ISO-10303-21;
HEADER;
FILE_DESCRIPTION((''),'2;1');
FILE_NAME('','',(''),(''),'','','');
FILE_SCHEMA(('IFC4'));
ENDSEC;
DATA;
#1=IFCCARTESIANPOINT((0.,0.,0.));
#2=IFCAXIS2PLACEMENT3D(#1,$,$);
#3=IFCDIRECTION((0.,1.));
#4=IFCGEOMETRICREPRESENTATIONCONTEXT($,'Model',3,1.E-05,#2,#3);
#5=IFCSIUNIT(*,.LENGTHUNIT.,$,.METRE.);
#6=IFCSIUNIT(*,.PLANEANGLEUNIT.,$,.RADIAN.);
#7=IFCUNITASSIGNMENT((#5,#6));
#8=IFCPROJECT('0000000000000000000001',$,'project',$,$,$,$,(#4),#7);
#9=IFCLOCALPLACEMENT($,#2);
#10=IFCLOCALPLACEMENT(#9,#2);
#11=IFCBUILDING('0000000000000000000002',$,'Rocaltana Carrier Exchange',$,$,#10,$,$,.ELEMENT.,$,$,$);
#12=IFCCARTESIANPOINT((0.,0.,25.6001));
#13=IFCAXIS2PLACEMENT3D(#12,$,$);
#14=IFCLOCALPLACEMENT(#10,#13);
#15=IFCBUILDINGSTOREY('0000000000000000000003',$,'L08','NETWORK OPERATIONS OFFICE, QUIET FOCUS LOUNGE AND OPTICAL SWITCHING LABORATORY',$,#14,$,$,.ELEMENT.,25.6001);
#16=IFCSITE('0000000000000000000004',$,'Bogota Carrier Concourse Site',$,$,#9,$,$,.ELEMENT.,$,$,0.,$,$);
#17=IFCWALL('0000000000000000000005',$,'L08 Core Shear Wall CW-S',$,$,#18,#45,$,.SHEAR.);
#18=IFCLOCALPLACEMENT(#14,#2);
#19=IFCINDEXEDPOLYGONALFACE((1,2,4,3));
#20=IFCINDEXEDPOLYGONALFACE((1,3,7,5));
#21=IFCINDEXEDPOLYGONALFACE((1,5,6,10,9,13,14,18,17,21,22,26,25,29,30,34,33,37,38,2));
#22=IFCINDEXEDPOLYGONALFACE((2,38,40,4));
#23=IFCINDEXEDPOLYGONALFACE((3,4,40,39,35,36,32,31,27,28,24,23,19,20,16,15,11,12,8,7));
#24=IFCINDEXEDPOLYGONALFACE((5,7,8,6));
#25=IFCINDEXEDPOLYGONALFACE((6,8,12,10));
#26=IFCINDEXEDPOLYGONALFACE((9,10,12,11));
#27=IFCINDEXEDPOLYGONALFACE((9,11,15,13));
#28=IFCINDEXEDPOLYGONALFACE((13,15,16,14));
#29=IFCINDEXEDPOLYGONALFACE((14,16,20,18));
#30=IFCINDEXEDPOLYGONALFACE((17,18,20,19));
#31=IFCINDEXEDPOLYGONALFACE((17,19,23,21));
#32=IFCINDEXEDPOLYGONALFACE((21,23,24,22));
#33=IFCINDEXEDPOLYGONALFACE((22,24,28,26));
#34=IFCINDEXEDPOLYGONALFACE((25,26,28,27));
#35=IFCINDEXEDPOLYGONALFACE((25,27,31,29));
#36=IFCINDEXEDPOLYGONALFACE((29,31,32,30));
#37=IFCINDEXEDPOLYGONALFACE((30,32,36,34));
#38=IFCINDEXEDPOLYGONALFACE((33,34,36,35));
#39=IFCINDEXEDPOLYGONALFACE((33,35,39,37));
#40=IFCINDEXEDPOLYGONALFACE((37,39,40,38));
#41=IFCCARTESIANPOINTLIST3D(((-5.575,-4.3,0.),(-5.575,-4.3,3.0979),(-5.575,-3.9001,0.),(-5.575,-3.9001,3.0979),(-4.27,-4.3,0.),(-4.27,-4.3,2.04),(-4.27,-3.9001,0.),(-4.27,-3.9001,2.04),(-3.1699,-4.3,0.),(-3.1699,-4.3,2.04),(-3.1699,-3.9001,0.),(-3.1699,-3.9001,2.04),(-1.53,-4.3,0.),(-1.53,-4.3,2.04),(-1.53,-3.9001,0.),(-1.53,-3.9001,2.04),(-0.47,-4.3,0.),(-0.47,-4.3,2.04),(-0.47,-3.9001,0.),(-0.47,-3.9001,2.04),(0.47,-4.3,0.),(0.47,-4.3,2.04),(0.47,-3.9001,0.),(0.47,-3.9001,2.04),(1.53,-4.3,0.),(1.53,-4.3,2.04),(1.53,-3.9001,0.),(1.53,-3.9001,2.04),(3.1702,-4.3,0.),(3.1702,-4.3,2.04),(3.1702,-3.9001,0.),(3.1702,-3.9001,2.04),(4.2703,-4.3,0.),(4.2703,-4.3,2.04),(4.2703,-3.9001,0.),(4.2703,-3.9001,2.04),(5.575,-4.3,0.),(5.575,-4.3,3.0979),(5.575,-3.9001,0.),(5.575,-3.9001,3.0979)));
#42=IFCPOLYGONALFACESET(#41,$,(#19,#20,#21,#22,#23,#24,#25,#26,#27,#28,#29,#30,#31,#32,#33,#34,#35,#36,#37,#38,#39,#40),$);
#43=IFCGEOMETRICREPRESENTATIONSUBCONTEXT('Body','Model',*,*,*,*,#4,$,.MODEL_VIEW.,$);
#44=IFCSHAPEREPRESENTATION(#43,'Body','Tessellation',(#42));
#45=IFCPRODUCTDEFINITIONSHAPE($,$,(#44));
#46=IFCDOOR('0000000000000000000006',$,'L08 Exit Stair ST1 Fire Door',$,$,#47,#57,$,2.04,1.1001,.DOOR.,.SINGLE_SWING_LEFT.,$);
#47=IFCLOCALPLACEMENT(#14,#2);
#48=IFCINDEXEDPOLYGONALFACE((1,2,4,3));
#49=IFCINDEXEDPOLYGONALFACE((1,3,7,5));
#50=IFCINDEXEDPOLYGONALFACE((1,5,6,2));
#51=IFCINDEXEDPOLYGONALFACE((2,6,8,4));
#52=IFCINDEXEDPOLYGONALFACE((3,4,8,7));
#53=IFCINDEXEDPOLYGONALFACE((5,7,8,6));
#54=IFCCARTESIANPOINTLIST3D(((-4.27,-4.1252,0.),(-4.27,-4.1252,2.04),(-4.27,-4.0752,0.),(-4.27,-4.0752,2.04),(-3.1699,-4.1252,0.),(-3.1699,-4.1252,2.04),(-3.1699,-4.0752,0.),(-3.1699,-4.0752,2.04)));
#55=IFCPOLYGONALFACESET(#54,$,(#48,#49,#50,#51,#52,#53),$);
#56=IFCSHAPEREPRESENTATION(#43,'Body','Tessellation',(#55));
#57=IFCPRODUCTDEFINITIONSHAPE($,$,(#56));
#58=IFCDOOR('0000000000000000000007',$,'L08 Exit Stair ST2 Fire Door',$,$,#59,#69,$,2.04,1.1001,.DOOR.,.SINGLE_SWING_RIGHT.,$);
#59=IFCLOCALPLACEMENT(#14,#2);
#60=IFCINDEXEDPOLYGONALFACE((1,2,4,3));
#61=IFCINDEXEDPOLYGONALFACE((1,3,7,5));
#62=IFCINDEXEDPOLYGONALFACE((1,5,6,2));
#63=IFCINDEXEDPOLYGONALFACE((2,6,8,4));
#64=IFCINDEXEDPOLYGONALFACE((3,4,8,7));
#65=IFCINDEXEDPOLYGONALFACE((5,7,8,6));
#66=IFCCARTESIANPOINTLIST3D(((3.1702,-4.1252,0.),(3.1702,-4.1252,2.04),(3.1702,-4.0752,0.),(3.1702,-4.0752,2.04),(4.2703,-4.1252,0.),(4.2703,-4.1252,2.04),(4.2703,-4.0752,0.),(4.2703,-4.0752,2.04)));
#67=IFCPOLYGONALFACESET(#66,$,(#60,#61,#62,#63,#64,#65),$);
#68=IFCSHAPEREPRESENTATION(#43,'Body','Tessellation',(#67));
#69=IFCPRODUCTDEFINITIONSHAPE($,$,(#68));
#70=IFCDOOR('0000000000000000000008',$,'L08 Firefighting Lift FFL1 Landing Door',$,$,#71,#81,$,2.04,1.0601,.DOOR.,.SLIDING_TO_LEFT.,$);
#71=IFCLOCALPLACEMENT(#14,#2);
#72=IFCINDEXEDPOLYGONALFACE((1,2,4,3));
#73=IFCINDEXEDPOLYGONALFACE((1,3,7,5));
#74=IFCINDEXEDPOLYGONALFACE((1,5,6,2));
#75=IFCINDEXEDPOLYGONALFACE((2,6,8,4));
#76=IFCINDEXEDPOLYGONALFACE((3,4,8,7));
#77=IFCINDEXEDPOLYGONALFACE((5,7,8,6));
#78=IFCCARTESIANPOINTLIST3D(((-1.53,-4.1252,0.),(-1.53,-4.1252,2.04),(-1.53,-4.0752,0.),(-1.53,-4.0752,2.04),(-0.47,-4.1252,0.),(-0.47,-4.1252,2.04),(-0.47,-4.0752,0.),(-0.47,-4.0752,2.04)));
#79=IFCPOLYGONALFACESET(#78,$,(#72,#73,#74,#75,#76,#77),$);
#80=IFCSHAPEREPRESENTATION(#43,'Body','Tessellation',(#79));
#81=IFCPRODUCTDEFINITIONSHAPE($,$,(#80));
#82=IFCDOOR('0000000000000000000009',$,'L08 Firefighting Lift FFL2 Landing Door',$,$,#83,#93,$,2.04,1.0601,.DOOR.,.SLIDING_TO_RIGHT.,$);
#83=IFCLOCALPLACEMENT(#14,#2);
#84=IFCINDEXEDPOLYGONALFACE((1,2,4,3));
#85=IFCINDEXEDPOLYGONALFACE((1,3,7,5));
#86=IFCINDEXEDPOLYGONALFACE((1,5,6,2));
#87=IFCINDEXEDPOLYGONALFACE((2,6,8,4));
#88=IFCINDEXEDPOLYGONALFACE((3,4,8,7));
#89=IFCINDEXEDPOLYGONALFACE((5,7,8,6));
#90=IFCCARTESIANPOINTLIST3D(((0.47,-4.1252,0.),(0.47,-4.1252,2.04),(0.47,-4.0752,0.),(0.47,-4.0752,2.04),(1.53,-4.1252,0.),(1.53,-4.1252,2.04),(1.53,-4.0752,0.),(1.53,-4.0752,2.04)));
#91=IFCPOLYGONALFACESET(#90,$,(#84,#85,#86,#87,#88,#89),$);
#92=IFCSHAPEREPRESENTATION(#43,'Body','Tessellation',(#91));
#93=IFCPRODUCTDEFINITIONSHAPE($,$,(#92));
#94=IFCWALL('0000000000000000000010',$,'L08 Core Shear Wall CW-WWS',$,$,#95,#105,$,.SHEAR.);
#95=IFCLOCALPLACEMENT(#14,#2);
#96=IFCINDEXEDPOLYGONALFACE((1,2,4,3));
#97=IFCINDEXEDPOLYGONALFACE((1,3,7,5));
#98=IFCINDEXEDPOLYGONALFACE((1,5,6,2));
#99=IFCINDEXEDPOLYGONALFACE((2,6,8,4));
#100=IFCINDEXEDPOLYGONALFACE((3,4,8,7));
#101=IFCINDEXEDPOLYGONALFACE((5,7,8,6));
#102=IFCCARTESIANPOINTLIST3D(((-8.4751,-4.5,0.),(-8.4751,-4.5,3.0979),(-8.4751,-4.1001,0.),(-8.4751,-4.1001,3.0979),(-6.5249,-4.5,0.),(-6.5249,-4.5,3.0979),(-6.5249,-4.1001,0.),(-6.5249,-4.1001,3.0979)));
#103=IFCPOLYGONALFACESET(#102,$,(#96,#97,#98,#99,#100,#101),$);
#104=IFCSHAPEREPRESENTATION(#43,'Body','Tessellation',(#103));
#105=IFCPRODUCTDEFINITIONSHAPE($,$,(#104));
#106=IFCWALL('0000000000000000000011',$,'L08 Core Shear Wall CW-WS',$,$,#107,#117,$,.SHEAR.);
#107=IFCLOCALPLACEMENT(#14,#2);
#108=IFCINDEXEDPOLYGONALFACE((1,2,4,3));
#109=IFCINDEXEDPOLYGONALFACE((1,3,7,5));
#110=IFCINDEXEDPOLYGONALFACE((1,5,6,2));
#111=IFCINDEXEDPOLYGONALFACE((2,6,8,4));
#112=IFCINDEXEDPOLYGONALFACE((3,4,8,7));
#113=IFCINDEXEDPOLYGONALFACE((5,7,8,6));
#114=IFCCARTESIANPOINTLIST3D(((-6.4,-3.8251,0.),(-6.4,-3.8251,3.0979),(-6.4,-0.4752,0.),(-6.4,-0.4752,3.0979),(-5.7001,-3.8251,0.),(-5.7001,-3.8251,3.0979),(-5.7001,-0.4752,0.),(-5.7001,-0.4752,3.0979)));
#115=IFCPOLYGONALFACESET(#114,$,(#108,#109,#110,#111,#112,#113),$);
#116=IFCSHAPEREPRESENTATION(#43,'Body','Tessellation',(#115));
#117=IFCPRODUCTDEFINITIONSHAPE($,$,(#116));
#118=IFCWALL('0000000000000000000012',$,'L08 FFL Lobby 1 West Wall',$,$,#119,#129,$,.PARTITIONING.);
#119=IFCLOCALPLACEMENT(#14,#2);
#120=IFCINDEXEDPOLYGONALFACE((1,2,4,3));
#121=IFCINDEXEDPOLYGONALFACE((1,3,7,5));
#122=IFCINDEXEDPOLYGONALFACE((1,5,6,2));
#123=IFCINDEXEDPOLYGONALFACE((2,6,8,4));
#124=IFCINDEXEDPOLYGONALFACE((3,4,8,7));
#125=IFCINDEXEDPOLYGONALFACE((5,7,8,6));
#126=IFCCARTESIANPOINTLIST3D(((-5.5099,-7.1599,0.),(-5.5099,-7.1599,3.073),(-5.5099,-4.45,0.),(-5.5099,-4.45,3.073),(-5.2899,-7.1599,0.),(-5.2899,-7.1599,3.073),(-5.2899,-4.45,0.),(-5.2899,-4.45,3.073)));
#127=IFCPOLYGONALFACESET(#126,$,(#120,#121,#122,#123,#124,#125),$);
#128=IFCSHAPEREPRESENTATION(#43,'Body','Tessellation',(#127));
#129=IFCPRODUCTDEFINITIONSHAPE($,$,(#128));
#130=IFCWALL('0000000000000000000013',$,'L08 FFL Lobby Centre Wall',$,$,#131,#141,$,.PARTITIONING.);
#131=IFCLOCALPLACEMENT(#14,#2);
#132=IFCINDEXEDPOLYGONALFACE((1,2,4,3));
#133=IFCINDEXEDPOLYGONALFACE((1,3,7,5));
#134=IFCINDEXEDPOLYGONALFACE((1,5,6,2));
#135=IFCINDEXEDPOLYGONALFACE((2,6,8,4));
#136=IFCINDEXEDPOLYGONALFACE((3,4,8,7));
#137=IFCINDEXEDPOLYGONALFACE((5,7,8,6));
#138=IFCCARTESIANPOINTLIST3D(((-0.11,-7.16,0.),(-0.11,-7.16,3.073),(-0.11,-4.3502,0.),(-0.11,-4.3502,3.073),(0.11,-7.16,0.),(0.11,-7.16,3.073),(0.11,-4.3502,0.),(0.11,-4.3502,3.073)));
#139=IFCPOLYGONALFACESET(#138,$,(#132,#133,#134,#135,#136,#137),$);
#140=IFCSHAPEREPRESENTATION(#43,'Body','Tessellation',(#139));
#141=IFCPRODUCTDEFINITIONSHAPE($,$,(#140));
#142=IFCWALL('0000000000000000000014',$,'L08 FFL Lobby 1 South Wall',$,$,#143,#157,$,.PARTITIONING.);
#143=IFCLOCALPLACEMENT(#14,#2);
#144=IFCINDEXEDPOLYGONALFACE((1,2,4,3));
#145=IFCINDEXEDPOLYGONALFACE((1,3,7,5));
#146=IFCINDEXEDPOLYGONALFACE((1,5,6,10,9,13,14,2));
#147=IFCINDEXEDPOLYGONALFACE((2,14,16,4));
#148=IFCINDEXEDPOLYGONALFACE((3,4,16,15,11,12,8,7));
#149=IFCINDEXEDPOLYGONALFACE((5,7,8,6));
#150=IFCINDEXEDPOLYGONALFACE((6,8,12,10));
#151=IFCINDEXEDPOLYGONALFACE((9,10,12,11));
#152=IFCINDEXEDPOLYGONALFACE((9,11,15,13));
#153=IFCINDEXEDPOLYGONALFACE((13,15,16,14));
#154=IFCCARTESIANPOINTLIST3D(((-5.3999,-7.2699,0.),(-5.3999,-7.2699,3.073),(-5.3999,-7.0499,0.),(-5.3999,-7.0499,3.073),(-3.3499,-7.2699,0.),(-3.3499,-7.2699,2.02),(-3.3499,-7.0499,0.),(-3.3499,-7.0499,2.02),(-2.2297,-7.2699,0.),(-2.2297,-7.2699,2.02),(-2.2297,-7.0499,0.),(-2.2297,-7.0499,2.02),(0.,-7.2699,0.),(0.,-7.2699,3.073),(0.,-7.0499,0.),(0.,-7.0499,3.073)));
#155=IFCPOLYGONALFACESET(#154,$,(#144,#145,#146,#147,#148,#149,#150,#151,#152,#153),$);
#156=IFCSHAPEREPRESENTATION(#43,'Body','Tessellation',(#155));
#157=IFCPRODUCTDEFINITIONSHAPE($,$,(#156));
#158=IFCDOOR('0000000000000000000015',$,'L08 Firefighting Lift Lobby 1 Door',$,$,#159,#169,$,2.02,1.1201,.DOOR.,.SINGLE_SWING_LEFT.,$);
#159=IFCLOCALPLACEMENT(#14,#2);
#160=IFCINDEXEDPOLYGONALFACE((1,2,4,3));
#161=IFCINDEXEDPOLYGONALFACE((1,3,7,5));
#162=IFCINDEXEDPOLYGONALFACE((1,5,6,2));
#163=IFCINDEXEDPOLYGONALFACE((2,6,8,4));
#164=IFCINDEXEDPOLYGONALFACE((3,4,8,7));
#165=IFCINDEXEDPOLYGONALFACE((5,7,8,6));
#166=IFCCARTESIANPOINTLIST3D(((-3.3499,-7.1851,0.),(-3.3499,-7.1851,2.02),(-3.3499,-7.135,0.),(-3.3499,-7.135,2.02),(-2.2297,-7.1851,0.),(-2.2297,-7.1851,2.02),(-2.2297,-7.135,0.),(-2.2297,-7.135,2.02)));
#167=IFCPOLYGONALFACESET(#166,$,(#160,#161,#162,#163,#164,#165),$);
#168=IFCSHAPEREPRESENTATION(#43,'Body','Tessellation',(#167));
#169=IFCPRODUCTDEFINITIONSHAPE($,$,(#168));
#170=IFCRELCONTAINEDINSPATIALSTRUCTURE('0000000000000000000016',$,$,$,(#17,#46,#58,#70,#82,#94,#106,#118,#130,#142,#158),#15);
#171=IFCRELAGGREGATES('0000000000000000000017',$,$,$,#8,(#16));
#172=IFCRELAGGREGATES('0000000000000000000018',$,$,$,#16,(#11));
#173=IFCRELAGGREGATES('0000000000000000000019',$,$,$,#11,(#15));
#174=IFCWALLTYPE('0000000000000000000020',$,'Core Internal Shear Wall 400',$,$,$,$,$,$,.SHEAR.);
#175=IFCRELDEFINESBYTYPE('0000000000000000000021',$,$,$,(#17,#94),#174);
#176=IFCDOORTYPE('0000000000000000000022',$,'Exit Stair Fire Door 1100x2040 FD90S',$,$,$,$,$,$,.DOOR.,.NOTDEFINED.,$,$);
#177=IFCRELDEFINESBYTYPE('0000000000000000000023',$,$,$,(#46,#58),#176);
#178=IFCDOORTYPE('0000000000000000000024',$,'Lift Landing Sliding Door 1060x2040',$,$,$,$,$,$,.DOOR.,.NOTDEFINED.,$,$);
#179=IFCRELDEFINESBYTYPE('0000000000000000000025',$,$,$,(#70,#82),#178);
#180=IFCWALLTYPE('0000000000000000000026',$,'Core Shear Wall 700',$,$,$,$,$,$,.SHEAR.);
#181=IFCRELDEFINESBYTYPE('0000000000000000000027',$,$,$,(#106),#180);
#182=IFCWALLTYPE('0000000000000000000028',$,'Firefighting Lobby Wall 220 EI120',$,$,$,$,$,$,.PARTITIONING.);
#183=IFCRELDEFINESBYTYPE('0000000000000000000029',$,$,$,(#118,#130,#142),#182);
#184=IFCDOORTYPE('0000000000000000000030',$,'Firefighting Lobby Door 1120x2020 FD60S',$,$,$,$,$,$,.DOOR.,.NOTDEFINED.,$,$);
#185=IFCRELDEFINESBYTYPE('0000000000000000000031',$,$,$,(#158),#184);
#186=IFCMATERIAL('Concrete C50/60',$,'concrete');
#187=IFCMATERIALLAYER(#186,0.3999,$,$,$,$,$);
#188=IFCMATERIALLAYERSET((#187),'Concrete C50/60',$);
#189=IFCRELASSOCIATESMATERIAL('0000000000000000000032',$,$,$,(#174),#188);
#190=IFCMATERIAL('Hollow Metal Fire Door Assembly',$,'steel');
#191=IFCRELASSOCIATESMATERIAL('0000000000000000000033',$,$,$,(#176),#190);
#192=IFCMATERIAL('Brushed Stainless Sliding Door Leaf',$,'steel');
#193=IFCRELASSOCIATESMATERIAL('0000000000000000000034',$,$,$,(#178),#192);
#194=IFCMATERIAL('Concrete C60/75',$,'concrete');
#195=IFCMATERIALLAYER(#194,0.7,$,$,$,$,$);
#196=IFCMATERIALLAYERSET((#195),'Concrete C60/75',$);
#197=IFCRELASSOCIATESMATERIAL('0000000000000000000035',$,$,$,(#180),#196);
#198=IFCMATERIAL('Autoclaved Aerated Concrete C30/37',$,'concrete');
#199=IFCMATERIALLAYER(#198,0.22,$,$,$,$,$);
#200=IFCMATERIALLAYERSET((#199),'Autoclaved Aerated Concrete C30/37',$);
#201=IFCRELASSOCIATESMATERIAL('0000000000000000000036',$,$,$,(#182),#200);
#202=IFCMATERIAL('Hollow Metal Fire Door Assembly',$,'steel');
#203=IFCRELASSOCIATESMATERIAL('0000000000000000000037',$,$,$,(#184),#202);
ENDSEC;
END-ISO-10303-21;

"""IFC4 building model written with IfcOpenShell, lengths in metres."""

from ifc_helpers import new_model, si_unit, direction, frame, frame_2d, origin, place, context, subcontext, project, spatial, rectangle, extrude, material, layer, layer_set, type_object, element, fill, save


model = new_model("IFC4")

# Units and contexts
model_context = context("Model", 3, precision=1e-05, world=origin(), true_north=direction((0.0, 1.0)))
body_context = subcontext(model_context, "Body", "Model", "MODEL_VIEW")
ifc_project = project(units=[si_unit("LENGTHUNIT", "METRE"), si_unit("PLANEANGLEUNIT", "RADIAN")], contexts=[model_context])

# Site, building, storey
site_placement = place(None, origin())
site = spatial("IfcSite", under=ifc_project, at=site_placement, Name="Bogota Carrier Concourse Site", CompositionType="ELEMENT", RefElevation=0.0)
building_placement = place(site_placement, origin())
building = spatial("IfcBuilding", under=site, at=building_placement, Name="Rocaltana Carrier Exchange", CompositionType="ELEMENT")
storey_placement = place(building_placement, frame((0.0, 0.0, 25.6001)))
storey = spatial("IfcBuildingStorey", under=building, at=storey_placement, Name="L08", Description="NETWORK OPERATIONS OFFICE, QUIET FOCUS LOUNGE AND OPTICAL SWITCHING LABORATORY", CompositionType="ELEMENT", Elevation=25.6001)

# Wall, openings, doors
ifc_material_1 = material(Name="Concrete C50/60", Category="concrete")
ifc_layer_1 = layer(ifc_material_1, 0.3999)
ifc_layer_set_1 = layer_set([ifc_layer_1], Name="Concrete C50/60")
wall_type_1 = type_object("IfcWallType", Name="Core Internal Shear Wall 400", PredefinedType="SHEAR", material=ifc_layer_set_1)
wall_1_placement = place(storey_placement, frame((-5.575, -4.1001, 0.0), z_axis=(0.0, 0.0, 1.0), x_axis=(1.0, 0.0, 0.0)))
wall_1 = element("IfcWall", 1, at=wall_1_placement, inside=storey, type_object=wall_type_1, Name="L08 Core Shear Wall CW-S", PredefinedType="SHEAR", context=body_context, shape_type="SweptSolid", body=[
    extrude(rectangle(XDim=11.1499, YDim=0.3999, at=frame_2d((5.575, 0.0))), origin(), (0.0, 0.0, 1.0), 3.0979),
])
opening_1_placement = place(wall_1_placement, frame((1.3049, 0.0, 0.0)))
opening_1 = element("IfcOpeningElement", 2, at=opening_1_placement, cuts=wall_1, PredefinedType="OPENING", context=body_context, shape_type="SweptSolid", body=[
    extrude(rectangle(XDim=1.1001, YDim=2.04, at=frame_2d((0.55, 1.02))), frame((0.0, 0.21, 0.0), z_axis=(0.0, -1.0, 0.0), x_axis=(1.0, 0.0, 0.0)), (0.0, 0.0, 1.0), 0.4199),
])
opening_2_placement = place(wall_1_placement, frame((8.7451, 0.0, 0.0)))
opening_2 = element("IfcOpeningElement", 3, at=opening_2_placement, cuts=wall_1, PredefinedType="OPENING", context=body_context, shape_type="SweptSolid", body=[
    extrude(rectangle(XDim=1.1001, YDim=2.04, at=frame_2d((0.55, 1.02))), frame((0.0, 0.21, 0.0), z_axis=(0.0, -1.0, 0.0), x_axis=(1.0, 0.0, 0.0)), (0.0, 0.0, 1.0), 0.4199),
])
opening_3_placement = place(wall_1_placement, frame((4.0449, 0.0, 0.0)))
opening_3 = element("IfcOpeningElement", 4, at=opening_3_placement, cuts=wall_1, PredefinedType="OPENING", context=body_context, shape_type="SweptSolid", body=[
    extrude(rectangle(XDim=1.0601, YDim=2.04, at=frame_2d((0.53, 1.02))), frame((0.0, 0.21, 0.0), z_axis=(0.0, -1.0, 0.0), x_axis=(1.0, 0.0, 0.0)), (0.0, 0.0, 1.0), 0.4199),
])
opening_4_placement = place(wall_1_placement, frame((6.0449, 0.0, 0.0)))
opening_4 = element("IfcOpeningElement", 5, at=opening_4_placement, cuts=wall_1, PredefinedType="OPENING", context=body_context, shape_type="SweptSolid", body=[
    extrude(rectangle(XDim=1.0601, YDim=2.04, at=frame_2d((0.53, 1.02))), frame((0.0, 0.21, 0.0), z_axis=(0.0, -1.0, 0.0), x_axis=(1.0, 0.0, 0.0)), (0.0, 0.0, 1.0), 0.4199),
])
ifc_material_2 = material(Name="Hollow Metal Fire Door Assembly", Category="steel")
door_type_1 = type_object("IfcDoorType", Name="Exit Stair Fire Door 1100x2040 FD90S", OperationType="NOTDEFINED", PredefinedType="DOOR", material=ifc_material_2)
door_1_placement = place(opening_1_placement, origin())
door_1 = element("IfcDoor", 6, at=door_1_placement, inside=storey, type_object=door_type_1, Name="L08 Exit Stair ST1 Fire Door", OperationType="SINGLE_SWING_LEFT", OverallHeight=2.04, OverallWidth=1.1001, PredefinedType="DOOR", context=body_context, shape_type="SweptSolid", body=[
    extrude(rectangle(XDim=1.1001, YDim=2.04, at=frame_2d((0.55, 1.02))), frame((0.0, 0.0249, 0.0), z_axis=(0.0, -1.0, 0.0), x_axis=(1.0, 0.0, 0.0)), (0.0, 0.0, 1.0), 0.05),
])
fill(opening_1, door_1)
door_2_placement = place(opening_2_placement, origin())
door_2 = element("IfcDoor", 7, at=door_2_placement, inside=storey, type_object=door_type_1, Name="L08 Exit Stair ST2 Fire Door", OperationType="SINGLE_SWING_RIGHT", OverallHeight=2.04, OverallWidth=1.1001, PredefinedType="DOOR", context=body_context, shape_type="SweptSolid", body=[
    extrude(rectangle(XDim=1.1001, YDim=2.04, at=frame_2d((0.55, 1.02))), frame((0.0, 0.0249, 0.0), z_axis=(0.0, -1.0, 0.0), x_axis=(1.0, 0.0, 0.0)), (0.0, 0.0, 1.0), 0.05),
])
fill(opening_2, door_2)
ifc_material_3 = material(Name="Brushed Stainless Sliding Door Leaf", Category="steel")
door_type_2 = type_object("IfcDoorType", Name="Lift Landing Sliding Door 1060x2040", OperationType="NOTDEFINED", PredefinedType="DOOR", material=ifc_material_3)
door_3_placement = place(opening_3_placement, origin())
door_3 = element("IfcDoor", 8, at=door_3_placement, inside=storey, type_object=door_type_2, Name="L08 Firefighting Lift FFL1 Landing Door", OperationType="SLIDING_TO_LEFT", OverallHeight=2.04, OverallWidth=1.0601, PredefinedType="DOOR", context=body_context, shape_type="SweptSolid", body=[
    extrude(rectangle(XDim=1.0601, YDim=2.04, at=frame_2d((0.53, 1.02))), frame((0.0, 0.0249, 0.0), z_axis=(0.0, -1.0, 0.0), x_axis=(1.0, 0.0, 0.0)), (0.0, 0.0, 1.0), 0.05),
])
fill(opening_3, door_3)
door_4_placement = place(opening_4_placement, origin())
door_4 = element("IfcDoor", 9, at=door_4_placement, inside=storey, type_object=door_type_2, Name="L08 Firefighting Lift FFL2 Landing Door", OperationType="SLIDING_TO_RIGHT", OverallHeight=2.04, OverallWidth=1.0601, PredefinedType="DOOR", context=body_context, shape_type="SweptSolid", body=[
    extrude(rectangle(XDim=1.0601, YDim=2.04, at=frame_2d((0.53, 1.02))), frame((0.0, 0.0249, 0.0), z_axis=(0.0, -1.0, 0.0), x_axis=(1.0, 0.0, 0.0)), (0.0, 0.0, 1.0), 0.05),
])
fill(opening_4, door_4)

# Walls
wall_2_placement = place(storey_placement, frame((-8.4751, -4.3, 0.0), z_axis=(0.0, 0.0, 1.0), x_axis=(1.0, 0.0, 0.0)))
element("IfcWall", 10, at=wall_2_placement, inside=storey, type_object=wall_type_1, Name="L08 Core Shear Wall CW-WWS", PredefinedType="SHEAR", context=body_context, shape_type="SweptSolid", body=[
    extrude(rectangle(XDim=1.9502, YDim=0.3999, at=frame_2d((0.9751, 0.0))), origin(), (0.0, 0.0, 1.0), 3.0979),
])
ifc_material_4 = material(Name="Concrete C60/75", Category="concrete")
ifc_layer_2 = layer(ifc_material_4, 0.7)
ifc_layer_set_2 = layer_set([ifc_layer_2], Name="Concrete C60/75")
wall_type_2 = type_object("IfcWallType", Name="Core Shear Wall 700", PredefinedType="SHEAR", material=ifc_layer_set_2)
wall_3_placement = place(storey_placement, frame((-6.05, -3.825, 0.0), z_axis=(0.0, 0.0, 1.0), x_axis=(0.0, 1.0, 0.0)))
element("IfcWall", 11, at=wall_3_placement, inside=storey, type_object=wall_type_2, Name="L08 Core Shear Wall CW-WS", PredefinedType="SHEAR", context=body_context, shape_type="SweptSolid", body=[
    extrude(rectangle(XDim=3.3499, YDim=0.7, at=frame_2d((1.6748, 0.0))), origin(), (0.0, 0.0, 1.0), 3.0979),
])
ifc_material_5 = material(Name="Autoclaved Aerated Concrete C30/37", Category="concrete")
ifc_layer_3 = layer(ifc_material_5, 0.22)
ifc_layer_set_3 = layer_set([ifc_layer_3], Name="Autoclaved Aerated Concrete C30/37")
wall_type_3 = type_object("IfcWallType", Name="Firefighting Lobby Wall 220 EI120", PredefinedType="PARTITIONING", material=ifc_layer_set_3)
wall_4_placement = place(storey_placement, frame((-5.3999, -7.1599, 0.0), z_axis=(0.0, 0.0, 1.0), x_axis=(0.0, 1.0, 0.0)))
element("IfcWall", 12, at=wall_4_placement, inside=storey, type_object=wall_type_3, Name="L08 FFL Lobby 1 West Wall", PredefinedType="PARTITIONING", context=body_context, shape_type="SweptSolid", body=[
    extrude(rectangle(XDim=2.71, YDim=0.22, at=frame_2d((1.355, 0.0))), origin(), (0.0, 0.0, 1.0), 3.073),
])
wall_5_placement = place(storey_placement, frame((0.0, -7.1599, 0.0), z_axis=(0.0, 0.0, 1.0), x_axis=(0.0, 1.0, 0.0)))
element("IfcWall", 13, at=wall_5_placement, inside=storey, type_object=wall_type_3, Name="L08 FFL Lobby Centre Wall", PredefinedType="PARTITIONING", context=body_context, shape_type="SweptSolid", body=[
    extrude(rectangle(XDim=2.8098, YDim=0.22, at=frame_2d((1.4048, 0.0))), origin(), (0.0, 0.0, 1.0), 3.073),
])

# Wall, opening, door
wall_6_placement = place(storey_placement, frame((-5.3999, -7.1599, 0.0), z_axis=(0.0, 0.0, 1.0), x_axis=(1.0, 0.0, 0.0)))
wall_6 = element("IfcWall", 14, at=wall_6_placement, inside=storey, type_object=wall_type_3, Name="L08 FFL Lobby 1 South Wall", PredefinedType="PARTITIONING", context=body_context, shape_type="SweptSolid", body=[
    extrude(rectangle(XDim=5.3999, YDim=0.22, at=frame_2d((2.7, 0.0))), origin(), (0.0, 0.0, 1.0), 3.073),
])
opening_5_placement = place(wall_6_placement, frame((2.05, 0.0, 0.0)))
opening_5 = element("IfcOpeningElement", 15, at=opening_5_placement, cuts=wall_6, PredefinedType="OPENING", context=body_context, shape_type="SweptSolid", body=[
    extrude(rectangle(XDim=1.1201, YDim=2.02, at=frame_2d((0.5601, 1.01))), frame((0.0, 0.1199, 0.0), z_axis=(0.0, -1.0, 0.0), x_axis=(1.0, 0.0, 0.0)), (0.0, 0.0, 1.0), 0.24),
])
ifc_material_6 = material(Name="Hollow Metal Fire Door Assembly", Category="steel")
door_type_3 = type_object("IfcDoorType", Name="Firefighting Lobby Door 1120x2020 FD60S", OperationType="NOTDEFINED", PredefinedType="DOOR", material=ifc_material_6)
door_5_placement = place(opening_5_placement, origin())
door_5 = element("IfcDoor", 16, at=door_5_placement, inside=storey, type_object=door_type_3, Name="L08 Firefighting Lift Lobby 1 Door", OperationType="SINGLE_SWING_LEFT", OverallHeight=2.02, OverallWidth=1.1201, PredefinedType="DOOR", context=body_context, shape_type="SweptSolid", body=[
    extrude(rectangle(XDim=1.1201, YDim=2.02, at=frame_2d((0.5601, 1.01))), frame((0.0, 0.0249, 0.0), z_axis=(0.0, -1.0, 0.0), x_axis=(1.0, 0.0, 0.0)), (0.0, 0.0, 1.0), 0.05),
])
fill(opening_5, door_5)

save(model, "model.ifc")
